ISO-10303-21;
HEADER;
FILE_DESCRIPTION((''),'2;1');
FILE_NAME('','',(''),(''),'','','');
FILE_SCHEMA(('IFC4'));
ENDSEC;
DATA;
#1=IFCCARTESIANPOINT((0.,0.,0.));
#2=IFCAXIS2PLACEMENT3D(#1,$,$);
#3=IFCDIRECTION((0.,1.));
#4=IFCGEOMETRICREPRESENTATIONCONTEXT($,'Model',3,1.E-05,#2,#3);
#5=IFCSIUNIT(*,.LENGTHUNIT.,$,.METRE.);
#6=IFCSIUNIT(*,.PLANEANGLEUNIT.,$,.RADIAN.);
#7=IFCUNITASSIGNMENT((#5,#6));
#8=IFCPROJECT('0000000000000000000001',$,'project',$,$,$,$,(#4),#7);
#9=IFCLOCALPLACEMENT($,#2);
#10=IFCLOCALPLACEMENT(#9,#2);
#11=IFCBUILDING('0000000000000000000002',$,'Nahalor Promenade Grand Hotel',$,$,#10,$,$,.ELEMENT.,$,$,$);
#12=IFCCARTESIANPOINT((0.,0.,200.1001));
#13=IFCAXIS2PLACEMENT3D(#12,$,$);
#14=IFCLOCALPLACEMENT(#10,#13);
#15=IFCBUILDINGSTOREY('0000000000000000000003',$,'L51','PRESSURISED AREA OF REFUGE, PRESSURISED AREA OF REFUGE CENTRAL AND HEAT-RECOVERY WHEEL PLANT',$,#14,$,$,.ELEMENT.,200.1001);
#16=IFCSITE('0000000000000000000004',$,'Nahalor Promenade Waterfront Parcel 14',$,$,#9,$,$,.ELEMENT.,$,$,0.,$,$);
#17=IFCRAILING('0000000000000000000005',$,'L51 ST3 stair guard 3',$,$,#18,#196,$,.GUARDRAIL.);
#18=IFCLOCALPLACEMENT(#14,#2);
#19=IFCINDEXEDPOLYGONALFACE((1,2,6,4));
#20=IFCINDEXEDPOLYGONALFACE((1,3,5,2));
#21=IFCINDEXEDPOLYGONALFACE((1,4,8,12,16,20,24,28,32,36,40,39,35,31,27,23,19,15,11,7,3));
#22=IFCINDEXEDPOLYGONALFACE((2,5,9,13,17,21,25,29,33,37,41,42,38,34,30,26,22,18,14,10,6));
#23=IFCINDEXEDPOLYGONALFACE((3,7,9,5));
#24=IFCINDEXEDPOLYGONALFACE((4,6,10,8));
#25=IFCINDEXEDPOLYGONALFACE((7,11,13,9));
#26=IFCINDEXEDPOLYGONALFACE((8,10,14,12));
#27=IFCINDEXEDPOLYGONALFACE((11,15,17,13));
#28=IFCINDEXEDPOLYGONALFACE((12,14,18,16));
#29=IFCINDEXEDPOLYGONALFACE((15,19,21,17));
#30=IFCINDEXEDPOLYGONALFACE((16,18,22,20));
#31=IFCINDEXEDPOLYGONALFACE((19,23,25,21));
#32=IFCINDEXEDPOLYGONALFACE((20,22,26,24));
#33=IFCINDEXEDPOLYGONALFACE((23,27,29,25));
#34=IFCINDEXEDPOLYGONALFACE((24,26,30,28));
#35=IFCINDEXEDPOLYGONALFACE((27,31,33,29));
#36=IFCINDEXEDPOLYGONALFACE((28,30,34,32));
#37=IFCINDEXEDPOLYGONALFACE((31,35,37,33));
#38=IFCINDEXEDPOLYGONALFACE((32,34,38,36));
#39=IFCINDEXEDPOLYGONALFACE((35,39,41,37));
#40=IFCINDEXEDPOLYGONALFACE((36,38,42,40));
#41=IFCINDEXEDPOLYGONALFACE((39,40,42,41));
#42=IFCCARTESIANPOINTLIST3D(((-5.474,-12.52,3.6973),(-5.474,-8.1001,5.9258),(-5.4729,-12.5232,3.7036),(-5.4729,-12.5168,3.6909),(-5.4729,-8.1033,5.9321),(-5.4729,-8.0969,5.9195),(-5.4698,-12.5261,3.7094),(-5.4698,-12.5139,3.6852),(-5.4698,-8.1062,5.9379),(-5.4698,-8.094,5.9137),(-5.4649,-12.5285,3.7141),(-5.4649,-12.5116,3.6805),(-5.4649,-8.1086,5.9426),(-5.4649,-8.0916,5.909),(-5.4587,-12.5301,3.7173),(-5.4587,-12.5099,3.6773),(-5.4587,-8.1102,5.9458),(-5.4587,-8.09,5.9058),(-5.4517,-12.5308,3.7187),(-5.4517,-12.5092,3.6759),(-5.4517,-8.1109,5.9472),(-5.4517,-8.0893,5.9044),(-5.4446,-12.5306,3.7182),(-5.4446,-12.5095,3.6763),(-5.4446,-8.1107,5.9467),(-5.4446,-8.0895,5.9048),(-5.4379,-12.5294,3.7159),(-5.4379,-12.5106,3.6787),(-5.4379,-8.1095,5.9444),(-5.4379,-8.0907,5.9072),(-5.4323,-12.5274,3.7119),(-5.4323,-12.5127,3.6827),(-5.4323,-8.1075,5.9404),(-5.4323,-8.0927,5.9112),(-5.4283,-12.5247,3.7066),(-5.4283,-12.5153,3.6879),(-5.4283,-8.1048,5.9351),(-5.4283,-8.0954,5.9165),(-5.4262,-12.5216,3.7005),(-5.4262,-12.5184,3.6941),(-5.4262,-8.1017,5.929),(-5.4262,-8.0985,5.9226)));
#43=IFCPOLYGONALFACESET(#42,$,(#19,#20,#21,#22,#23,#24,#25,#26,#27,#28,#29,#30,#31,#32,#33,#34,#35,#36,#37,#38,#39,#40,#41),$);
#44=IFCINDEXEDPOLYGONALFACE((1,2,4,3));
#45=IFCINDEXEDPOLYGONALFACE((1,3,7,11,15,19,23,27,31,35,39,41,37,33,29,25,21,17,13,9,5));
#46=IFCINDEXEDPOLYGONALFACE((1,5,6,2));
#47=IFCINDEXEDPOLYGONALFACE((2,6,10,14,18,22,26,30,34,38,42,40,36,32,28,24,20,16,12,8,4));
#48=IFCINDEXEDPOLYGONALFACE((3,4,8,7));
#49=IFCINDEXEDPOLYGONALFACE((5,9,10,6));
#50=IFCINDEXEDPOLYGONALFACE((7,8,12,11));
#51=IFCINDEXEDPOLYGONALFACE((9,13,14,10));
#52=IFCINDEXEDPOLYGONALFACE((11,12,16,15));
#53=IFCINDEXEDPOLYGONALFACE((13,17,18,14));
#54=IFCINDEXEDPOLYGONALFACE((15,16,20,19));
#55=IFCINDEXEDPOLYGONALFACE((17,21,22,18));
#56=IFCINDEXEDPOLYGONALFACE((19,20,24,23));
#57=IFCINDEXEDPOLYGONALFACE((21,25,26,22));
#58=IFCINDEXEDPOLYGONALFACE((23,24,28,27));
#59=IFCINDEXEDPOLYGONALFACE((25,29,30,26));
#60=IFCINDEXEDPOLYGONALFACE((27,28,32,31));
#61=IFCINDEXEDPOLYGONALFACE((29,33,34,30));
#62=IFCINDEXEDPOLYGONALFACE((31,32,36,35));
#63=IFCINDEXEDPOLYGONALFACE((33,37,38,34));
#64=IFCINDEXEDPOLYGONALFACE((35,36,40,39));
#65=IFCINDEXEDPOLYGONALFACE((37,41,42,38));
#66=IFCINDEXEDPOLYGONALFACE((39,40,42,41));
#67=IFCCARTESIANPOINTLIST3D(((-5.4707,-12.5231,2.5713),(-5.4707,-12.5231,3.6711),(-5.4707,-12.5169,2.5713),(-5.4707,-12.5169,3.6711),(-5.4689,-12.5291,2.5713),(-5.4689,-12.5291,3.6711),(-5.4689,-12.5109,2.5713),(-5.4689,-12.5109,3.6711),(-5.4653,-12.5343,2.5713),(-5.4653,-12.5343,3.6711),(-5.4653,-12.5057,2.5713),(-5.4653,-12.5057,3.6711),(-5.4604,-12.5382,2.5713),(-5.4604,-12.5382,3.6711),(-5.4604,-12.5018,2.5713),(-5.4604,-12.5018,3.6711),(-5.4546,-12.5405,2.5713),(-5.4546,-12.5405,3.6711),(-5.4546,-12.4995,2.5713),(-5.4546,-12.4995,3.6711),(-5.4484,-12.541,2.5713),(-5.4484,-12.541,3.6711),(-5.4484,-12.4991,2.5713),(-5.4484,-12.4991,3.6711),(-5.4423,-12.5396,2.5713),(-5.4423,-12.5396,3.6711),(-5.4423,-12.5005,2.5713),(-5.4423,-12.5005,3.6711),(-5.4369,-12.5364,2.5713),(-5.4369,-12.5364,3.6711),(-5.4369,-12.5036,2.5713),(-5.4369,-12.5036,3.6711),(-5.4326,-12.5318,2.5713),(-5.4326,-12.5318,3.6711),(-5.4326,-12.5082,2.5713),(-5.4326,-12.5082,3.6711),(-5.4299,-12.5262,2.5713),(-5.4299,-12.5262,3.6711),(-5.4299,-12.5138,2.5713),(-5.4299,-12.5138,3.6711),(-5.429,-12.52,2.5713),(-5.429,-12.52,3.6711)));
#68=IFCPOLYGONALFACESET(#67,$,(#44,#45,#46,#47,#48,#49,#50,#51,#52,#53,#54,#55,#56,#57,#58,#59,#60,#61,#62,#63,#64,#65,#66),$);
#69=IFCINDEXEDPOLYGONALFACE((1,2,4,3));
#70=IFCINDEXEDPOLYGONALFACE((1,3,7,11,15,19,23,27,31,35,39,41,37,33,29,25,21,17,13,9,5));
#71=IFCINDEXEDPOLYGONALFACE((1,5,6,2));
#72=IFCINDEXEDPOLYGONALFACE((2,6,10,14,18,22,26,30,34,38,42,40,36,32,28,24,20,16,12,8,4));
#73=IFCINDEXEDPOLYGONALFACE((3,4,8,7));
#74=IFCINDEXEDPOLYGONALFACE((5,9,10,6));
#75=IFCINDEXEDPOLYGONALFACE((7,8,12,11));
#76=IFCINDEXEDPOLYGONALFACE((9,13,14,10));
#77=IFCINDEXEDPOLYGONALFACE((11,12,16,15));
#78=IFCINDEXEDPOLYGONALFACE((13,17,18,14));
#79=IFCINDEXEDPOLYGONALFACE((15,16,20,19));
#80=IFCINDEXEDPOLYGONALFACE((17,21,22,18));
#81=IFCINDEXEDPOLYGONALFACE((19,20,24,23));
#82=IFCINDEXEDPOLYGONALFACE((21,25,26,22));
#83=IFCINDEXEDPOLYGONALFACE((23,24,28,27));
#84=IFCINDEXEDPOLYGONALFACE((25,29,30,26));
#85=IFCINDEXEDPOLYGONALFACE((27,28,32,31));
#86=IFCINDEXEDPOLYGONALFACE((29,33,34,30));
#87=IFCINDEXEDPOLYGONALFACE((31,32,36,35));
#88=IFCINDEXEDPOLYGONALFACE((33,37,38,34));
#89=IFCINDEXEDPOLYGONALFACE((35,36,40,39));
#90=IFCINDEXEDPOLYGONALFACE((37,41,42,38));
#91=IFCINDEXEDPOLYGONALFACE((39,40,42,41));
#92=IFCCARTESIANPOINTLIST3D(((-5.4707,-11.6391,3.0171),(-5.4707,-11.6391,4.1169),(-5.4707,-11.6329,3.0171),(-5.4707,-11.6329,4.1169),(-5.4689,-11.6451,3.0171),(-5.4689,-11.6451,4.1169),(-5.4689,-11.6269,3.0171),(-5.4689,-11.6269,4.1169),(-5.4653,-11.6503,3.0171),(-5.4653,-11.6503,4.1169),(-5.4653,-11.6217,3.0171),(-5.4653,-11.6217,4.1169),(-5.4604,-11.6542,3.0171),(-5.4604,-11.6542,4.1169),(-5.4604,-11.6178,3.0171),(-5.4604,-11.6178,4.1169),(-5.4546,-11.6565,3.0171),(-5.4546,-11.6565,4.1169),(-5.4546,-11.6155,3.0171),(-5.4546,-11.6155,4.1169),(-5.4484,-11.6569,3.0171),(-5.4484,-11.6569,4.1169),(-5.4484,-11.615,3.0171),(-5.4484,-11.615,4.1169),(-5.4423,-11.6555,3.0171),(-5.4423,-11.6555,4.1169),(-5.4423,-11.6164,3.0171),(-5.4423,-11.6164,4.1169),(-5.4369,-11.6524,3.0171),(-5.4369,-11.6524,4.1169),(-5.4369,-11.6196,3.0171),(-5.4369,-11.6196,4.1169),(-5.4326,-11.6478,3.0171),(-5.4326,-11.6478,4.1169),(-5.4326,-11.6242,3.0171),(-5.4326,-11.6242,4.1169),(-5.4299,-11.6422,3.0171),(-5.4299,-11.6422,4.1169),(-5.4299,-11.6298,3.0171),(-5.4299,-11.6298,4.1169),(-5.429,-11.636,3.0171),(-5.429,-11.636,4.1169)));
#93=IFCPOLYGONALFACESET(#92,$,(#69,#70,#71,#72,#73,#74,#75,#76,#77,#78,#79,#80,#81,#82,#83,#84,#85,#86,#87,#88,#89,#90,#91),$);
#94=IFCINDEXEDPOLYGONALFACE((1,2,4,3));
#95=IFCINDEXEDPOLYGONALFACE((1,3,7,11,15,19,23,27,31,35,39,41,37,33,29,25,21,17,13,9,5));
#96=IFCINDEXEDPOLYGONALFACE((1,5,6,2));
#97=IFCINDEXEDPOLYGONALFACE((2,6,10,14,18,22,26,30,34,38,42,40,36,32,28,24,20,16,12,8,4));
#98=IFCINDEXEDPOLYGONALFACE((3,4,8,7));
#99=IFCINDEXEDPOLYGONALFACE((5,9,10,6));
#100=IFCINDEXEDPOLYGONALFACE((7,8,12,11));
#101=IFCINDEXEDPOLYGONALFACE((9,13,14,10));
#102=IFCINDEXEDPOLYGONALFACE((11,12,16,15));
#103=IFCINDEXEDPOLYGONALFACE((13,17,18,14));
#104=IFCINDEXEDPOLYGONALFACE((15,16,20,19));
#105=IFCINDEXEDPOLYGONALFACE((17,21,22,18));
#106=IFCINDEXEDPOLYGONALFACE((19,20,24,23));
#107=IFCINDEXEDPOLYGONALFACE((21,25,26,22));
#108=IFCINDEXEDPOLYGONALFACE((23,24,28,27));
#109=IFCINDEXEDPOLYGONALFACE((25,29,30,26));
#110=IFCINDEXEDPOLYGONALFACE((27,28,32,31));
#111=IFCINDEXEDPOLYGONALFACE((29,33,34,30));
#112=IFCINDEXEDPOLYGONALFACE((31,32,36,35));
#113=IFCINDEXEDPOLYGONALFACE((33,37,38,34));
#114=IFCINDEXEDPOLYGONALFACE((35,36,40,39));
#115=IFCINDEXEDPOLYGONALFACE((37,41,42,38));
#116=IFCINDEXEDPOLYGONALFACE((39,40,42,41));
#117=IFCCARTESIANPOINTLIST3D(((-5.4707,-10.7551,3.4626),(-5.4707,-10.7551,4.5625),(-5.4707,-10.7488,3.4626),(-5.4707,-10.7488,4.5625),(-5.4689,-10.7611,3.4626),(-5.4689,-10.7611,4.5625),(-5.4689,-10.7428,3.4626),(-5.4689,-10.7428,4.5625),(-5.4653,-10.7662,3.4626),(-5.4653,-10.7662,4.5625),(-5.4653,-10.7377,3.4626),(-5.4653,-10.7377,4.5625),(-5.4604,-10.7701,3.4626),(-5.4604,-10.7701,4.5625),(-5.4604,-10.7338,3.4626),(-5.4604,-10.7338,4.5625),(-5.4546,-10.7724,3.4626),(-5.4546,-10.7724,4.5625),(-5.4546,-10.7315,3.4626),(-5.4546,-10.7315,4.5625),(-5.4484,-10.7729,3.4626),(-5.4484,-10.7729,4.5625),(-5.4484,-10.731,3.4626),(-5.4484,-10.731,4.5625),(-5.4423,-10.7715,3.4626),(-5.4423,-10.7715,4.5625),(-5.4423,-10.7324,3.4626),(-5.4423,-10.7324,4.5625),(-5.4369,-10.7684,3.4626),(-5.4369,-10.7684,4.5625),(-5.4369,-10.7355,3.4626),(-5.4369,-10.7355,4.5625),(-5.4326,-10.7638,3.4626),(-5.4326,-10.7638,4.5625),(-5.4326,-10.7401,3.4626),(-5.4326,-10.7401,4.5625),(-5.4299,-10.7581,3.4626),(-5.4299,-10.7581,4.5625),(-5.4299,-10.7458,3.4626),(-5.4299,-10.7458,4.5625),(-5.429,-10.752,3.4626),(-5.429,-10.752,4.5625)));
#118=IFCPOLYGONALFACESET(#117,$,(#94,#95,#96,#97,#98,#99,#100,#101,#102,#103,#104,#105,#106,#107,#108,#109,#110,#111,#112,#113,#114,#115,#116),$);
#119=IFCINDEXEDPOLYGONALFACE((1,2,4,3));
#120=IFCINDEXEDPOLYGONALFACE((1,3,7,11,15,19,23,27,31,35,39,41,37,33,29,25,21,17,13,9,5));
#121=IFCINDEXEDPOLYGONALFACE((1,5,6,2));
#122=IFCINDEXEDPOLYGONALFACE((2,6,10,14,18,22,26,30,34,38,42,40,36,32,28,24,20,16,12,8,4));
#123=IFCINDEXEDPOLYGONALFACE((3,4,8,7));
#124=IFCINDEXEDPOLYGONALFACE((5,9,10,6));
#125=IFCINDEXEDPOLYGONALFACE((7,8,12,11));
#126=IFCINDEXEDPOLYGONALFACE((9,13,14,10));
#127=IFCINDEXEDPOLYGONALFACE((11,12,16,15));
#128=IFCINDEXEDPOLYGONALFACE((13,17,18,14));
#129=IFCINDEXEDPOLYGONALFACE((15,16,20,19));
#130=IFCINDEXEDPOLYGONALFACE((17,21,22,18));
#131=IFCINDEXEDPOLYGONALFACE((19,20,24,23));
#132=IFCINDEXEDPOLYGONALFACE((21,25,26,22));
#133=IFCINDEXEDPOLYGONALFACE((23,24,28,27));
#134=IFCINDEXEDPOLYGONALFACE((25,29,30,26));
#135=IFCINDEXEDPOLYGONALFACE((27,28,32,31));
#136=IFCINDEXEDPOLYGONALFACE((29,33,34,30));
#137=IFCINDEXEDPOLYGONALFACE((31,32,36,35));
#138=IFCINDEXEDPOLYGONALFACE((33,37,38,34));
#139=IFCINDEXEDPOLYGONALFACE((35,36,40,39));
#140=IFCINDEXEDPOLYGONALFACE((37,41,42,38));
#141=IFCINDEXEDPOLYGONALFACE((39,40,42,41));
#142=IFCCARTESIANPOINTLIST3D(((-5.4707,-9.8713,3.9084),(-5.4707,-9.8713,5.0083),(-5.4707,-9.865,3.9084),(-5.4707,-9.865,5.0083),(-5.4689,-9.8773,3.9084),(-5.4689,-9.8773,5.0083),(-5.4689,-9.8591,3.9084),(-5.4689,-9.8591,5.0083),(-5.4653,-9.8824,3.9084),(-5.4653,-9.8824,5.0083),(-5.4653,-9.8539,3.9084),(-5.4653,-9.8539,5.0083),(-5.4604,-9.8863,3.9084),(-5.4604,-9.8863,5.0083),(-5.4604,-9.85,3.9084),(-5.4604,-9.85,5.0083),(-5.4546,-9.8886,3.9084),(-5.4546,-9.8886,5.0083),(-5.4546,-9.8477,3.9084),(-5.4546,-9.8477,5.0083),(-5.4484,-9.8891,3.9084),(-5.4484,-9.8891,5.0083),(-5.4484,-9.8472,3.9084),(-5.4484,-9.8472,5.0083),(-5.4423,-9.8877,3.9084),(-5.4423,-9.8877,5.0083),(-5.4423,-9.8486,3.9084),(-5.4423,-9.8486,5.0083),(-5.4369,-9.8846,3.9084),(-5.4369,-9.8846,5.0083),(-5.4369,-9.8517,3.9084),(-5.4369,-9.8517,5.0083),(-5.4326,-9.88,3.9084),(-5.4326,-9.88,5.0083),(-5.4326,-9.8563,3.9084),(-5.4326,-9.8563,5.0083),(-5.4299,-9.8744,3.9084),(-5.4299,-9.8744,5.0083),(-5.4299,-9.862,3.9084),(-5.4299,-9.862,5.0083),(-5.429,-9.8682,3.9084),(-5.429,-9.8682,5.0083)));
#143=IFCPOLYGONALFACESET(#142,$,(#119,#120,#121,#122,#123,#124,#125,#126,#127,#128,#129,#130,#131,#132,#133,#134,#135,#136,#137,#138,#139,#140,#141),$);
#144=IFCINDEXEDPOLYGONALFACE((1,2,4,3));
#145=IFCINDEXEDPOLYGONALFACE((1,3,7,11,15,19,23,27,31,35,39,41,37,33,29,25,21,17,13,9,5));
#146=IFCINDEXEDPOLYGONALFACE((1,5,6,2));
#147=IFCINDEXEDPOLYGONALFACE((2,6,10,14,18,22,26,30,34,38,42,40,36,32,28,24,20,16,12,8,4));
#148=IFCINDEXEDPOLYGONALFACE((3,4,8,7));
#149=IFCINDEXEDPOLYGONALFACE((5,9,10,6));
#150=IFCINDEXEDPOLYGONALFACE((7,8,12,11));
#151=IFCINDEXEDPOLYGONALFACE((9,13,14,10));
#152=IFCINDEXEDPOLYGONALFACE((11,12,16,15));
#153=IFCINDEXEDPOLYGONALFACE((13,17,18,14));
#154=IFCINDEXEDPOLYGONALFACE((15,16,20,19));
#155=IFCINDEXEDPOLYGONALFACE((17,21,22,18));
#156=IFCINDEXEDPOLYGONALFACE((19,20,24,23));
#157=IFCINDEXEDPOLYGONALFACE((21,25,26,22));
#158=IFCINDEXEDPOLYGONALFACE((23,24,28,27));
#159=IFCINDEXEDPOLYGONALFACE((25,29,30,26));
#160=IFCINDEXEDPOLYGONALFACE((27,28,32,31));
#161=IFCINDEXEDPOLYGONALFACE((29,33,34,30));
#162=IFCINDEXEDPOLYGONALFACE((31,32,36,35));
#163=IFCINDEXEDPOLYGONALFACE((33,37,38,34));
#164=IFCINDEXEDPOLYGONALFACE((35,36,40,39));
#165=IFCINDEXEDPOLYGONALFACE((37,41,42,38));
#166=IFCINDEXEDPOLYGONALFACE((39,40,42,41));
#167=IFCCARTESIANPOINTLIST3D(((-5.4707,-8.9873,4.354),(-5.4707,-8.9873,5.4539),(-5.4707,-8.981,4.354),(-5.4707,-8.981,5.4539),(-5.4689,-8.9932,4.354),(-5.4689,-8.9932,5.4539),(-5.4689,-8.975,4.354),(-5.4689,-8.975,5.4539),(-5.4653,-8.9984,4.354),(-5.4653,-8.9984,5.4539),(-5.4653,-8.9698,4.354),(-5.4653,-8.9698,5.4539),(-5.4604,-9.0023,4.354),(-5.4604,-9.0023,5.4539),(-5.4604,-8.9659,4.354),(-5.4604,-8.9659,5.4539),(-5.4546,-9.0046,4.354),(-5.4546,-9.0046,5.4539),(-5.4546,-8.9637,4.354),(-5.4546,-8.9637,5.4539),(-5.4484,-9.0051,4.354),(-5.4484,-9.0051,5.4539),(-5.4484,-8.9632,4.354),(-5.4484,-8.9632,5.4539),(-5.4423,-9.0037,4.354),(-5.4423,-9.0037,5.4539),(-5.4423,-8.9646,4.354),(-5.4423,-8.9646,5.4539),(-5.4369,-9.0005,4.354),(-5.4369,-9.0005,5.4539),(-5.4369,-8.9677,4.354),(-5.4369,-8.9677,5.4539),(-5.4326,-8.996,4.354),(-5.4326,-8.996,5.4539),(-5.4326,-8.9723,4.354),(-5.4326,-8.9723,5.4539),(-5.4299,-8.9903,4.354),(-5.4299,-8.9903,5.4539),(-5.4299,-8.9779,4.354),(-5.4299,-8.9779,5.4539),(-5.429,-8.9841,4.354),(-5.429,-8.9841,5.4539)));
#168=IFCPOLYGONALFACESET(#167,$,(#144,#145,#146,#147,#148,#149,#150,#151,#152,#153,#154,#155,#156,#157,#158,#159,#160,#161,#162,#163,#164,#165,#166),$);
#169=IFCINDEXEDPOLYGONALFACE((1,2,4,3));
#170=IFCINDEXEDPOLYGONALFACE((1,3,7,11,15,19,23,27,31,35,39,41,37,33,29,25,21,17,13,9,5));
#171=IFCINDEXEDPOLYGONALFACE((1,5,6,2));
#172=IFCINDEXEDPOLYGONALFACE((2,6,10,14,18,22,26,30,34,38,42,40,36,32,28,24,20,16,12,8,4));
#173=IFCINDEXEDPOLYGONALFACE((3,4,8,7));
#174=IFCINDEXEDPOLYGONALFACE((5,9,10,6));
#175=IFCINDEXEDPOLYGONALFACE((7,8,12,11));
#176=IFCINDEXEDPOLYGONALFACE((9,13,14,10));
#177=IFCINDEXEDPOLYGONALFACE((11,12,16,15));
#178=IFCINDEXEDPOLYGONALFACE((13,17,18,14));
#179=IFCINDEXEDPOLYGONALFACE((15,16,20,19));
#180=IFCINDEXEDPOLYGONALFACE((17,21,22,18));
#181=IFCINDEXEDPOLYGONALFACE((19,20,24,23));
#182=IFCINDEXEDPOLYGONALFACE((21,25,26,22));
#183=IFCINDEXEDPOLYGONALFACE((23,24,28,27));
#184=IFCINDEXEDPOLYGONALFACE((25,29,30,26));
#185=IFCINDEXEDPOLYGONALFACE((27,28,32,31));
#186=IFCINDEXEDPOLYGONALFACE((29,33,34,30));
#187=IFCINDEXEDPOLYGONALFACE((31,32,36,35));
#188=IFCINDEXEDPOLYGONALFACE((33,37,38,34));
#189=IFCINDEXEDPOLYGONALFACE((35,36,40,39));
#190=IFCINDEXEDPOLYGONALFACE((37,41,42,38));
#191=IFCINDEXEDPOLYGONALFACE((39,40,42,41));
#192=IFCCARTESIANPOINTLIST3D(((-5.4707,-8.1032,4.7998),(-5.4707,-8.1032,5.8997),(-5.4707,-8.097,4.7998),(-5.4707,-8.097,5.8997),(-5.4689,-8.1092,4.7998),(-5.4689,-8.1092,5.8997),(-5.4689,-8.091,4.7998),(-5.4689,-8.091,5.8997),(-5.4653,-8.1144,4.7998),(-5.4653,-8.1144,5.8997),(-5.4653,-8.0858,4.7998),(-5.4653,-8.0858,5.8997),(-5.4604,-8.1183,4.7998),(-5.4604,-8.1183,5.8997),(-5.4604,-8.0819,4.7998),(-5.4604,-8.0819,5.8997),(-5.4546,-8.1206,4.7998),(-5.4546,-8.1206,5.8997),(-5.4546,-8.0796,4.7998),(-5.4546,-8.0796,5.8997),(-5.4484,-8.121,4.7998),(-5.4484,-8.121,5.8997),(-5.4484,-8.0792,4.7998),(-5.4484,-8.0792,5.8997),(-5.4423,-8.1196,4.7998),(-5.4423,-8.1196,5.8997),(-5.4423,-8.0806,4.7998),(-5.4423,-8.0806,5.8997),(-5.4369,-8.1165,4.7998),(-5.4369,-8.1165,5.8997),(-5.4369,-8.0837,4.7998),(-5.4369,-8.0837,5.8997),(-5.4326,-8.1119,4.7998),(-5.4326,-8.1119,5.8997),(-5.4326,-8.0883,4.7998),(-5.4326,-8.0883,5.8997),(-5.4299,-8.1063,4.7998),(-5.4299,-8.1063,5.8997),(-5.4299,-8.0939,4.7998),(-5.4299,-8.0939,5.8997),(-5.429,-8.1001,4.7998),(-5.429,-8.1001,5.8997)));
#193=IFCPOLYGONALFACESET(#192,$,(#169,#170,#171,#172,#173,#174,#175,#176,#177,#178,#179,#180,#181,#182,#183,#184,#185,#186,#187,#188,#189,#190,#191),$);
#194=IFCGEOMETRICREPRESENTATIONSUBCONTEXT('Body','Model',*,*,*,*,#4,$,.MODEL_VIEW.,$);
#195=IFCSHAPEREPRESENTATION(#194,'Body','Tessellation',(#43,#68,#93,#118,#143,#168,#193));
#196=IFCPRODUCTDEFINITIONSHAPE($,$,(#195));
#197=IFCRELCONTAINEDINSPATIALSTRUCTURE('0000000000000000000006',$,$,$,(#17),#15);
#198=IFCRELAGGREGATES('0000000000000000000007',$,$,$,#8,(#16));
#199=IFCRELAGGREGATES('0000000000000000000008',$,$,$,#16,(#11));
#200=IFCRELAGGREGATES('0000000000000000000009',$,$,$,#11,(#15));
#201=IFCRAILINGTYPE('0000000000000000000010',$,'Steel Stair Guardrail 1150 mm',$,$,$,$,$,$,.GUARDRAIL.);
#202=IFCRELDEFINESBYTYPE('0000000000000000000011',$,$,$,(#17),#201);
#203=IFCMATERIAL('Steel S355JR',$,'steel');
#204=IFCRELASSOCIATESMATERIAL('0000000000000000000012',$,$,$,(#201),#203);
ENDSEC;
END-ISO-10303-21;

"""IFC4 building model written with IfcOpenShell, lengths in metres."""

from ifc_helpers import new_model, si_unit, direction, frame, origin, origin_2d, place, context, subcontext, project, spatial, circle, extrude, material, type_object, element, save


model = new_model("IFC4")

# Units and contexts
model_context = context("Model", 3, precision=1e-05, world=origin(), true_north=direction((0.0, 1.0)))
body_context = subcontext(model_context, "Body", "Model", "MODEL_VIEW")
ifc_project = project(units=[si_unit("LENGTHUNIT", "METRE"), si_unit("PLANEANGLEUNIT", "RADIAN")], contexts=[model_context])

# Site, building, storey
site_placement = place(None, origin())
site = spatial("IfcSite", under=ifc_project, at=site_placement, Name="Nahalor Promenade Waterfront Parcel 14", CompositionType="ELEMENT", RefElevation=0.0)
building_placement = place(site_placement, origin())
building = spatial("IfcBuilding", under=site, at=building_placement, Name="Nahalor Promenade Grand Hotel", CompositionType="ELEMENT")
storey_placement = place(building_placement, frame((0.0, 0.0, 200.1001)))
storey = spatial("IfcBuildingStorey", under=building, at=storey_placement, Name="L51", Description="PRESSURISED AREA OF REFUGE, PRESSURISED AREA OF REFUGE CENTRAL AND HEAT-RECOVERY WHEEL PLANT", CompositionType="ELEMENT", Elevation=200.1001)

# Shared definitions
ifc_material_1 = material(Name="Steel S355JR", Category="steel")

# Railing
railing_type_1 = type_object("IfcRailingType", Name="Steel Stair Guardrail 1150 mm", PredefinedType="GUARDRAIL", material=ifc_material_1)
railing_1_placement = place(storey_placement, frame((-5.45, -12.52, 2.5713)))
element("IfcRailing", 1, at=railing_1_placement, inside=storey, type_object=railing_type_1, Name="L51 ST3 stair guard 3", PredefinedType="GUARDRAIL", context=body_context, shape_type="SweptSolid", body=[
    extrude(circle(Radius=0.024, at=origin_2d()), frame((0.0, 0.0, 1.126), z_axis=(0.0, 0.892923, 0.45021), x_axis=(-1.0, 0.0, 0.0)), (0.0, 0.0, 1.0), 4.95),
    extrude(circle(Radius=0.021, at=origin_2d()), origin(), (0.0, 0.0, 1.0), 1.0999),
    extrude(circle(Radius=0.021, at=origin_2d()), frame((0.0, 0.884, 0.4458)), (0.0, 0.0, 1.0), 1.0999),
    extrude(circle(Radius=0.021, at=origin_2d()), frame((0.0, 1.7681, 0.8914)), (0.0, 0.0, 1.0), 1.0999),
    extrude(circle(Radius=0.021, at=origin_2d()), frame((0.0, 2.6519, 1.3372)), (0.0, 0.0, 1.0), 1.0999),
    extrude(circle(Radius=0.021, at=origin_2d()), frame((0.0, 3.5359, 1.7827)), (0.0, 0.0, 1.0), 1.0999),
    extrude(circle(Radius=0.021, at=origin_2d()), frame((0.0, 4.4199, 2.2285)), (0.0, 0.0, 1.0), 1.0999),
])

save(model, "model.ifc")
